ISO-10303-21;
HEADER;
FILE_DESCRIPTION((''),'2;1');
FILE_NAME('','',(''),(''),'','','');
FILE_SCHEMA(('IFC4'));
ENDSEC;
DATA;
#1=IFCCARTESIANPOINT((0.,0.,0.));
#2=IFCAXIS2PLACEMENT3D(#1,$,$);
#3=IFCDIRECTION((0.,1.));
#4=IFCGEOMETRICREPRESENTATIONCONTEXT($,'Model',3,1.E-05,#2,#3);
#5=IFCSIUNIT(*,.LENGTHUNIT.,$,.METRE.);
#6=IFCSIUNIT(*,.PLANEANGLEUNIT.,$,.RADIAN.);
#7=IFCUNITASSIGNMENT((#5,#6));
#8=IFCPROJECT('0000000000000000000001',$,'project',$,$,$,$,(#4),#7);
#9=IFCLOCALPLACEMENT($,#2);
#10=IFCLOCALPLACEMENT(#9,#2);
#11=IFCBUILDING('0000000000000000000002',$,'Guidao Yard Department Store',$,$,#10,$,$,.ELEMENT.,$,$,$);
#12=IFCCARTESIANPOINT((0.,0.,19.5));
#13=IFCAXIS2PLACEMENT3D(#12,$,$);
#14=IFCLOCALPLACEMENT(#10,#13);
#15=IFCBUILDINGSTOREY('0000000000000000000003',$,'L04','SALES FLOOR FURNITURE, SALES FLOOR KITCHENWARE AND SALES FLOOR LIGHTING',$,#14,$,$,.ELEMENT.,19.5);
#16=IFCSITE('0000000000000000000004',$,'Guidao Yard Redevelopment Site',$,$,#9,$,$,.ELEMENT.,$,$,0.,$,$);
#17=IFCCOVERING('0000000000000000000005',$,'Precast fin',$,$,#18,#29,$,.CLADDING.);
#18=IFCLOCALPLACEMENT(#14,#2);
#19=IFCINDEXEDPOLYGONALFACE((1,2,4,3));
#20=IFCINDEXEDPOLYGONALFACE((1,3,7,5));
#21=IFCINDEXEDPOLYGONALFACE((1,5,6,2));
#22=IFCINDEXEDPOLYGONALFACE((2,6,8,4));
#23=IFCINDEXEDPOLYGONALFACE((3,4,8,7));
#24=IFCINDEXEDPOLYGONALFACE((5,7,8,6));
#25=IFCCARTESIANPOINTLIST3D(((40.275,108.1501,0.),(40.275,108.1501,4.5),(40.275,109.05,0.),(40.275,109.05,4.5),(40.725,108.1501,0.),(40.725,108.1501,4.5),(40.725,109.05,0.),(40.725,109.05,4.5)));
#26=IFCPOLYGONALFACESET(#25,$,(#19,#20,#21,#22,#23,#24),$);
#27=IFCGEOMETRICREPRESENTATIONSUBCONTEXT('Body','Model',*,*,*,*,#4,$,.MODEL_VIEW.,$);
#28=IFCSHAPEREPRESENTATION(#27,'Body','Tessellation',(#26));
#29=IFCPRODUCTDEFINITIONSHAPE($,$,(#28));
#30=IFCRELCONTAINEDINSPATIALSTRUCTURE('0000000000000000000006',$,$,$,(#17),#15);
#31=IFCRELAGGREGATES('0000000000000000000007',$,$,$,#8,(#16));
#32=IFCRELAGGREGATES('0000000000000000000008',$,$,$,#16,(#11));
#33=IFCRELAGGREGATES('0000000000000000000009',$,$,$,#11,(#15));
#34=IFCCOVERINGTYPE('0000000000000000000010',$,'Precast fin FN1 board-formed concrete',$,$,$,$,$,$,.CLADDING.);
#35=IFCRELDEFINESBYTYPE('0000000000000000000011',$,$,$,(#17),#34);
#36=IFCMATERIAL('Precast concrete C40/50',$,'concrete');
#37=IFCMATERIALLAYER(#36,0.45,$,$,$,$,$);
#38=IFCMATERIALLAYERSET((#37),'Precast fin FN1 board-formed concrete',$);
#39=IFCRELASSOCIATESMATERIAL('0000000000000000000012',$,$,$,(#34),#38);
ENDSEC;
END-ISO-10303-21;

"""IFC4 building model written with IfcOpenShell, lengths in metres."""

from ifc_helpers import new_model, si_unit, direction, frame, origin, origin_2d, place, context, subcontext, project, spatial, rectangle, extrude, material, layer, layer_set, type_object, element, save


model = new_model("IFC4")

# Units and contexts
model_context = context("Model", 3, precision=1e-05, world=origin(), true_north=direction((0.0, 1.0)))
body_context = subcontext(model_context, "Body", "Model", "MODEL_VIEW")
ifc_project = project(units=[si_unit("LENGTHUNIT", "METRE"), si_unit("PLANEANGLEUNIT", "RADIAN")], contexts=[model_context])

# Site, building, storey
site_placement = place(None, origin())
site = spatial("IfcSite", under=ifc_project, at=site_placement, Name="Guidao Yard Redevelopment Site", CompositionType="ELEMENT", RefElevation=0.0)
building_placement = place(site_placement, origin())
building = spatial("IfcBuilding", under=site, at=building_placement, Name="Guidao Yard Department Store", CompositionType="ELEMENT")
storey_placement = place(building_placement, frame((0.0, 0.0, 19.5)))
storey = spatial("IfcBuildingStorey", under=building, at=storey_placement, Name="L04", Description="SALES FLOOR FURNITURE, SALES FLOOR KITCHENWARE AND SALES FLOOR LIGHTING", CompositionType="ELEMENT", Elevation=19.5)

# Covering
ifc_material_1 = material(Name="Precast concrete C40/50", Category="concrete")
ifc_layer_1 = layer(ifc_material_1, 0.45)
ifc_layer_set_1 = layer_set([ifc_layer_1], Name="Precast fin FN1 board-formed concrete")
covering_type = type_object("IfcCoveringType", Name="Precast fin FN1 board-formed concrete", PredefinedType="CLADDING", material=ifc_layer_set_1)
covering_1_placement = place(storey_placement, frame((40.5, 108.6001, 0.0), z_axis=(0.0, 0.0, 1.0), x_axis=(1.0, 0.0, 0.0)))
element("IfcCovering", 1, at=covering_1_placement, inside=storey, type_object=covering_type, Name="Precast fin", PredefinedType="CLADDING", context=body_context, shape_type="SweptSolid", body=[
    extrude(rectangle(XDim=0.45, YDim=0.8999, at=origin_2d()), origin(), (0.0, 0.0, 1.0), 4.5),
])

save(model, "model.ifc")
